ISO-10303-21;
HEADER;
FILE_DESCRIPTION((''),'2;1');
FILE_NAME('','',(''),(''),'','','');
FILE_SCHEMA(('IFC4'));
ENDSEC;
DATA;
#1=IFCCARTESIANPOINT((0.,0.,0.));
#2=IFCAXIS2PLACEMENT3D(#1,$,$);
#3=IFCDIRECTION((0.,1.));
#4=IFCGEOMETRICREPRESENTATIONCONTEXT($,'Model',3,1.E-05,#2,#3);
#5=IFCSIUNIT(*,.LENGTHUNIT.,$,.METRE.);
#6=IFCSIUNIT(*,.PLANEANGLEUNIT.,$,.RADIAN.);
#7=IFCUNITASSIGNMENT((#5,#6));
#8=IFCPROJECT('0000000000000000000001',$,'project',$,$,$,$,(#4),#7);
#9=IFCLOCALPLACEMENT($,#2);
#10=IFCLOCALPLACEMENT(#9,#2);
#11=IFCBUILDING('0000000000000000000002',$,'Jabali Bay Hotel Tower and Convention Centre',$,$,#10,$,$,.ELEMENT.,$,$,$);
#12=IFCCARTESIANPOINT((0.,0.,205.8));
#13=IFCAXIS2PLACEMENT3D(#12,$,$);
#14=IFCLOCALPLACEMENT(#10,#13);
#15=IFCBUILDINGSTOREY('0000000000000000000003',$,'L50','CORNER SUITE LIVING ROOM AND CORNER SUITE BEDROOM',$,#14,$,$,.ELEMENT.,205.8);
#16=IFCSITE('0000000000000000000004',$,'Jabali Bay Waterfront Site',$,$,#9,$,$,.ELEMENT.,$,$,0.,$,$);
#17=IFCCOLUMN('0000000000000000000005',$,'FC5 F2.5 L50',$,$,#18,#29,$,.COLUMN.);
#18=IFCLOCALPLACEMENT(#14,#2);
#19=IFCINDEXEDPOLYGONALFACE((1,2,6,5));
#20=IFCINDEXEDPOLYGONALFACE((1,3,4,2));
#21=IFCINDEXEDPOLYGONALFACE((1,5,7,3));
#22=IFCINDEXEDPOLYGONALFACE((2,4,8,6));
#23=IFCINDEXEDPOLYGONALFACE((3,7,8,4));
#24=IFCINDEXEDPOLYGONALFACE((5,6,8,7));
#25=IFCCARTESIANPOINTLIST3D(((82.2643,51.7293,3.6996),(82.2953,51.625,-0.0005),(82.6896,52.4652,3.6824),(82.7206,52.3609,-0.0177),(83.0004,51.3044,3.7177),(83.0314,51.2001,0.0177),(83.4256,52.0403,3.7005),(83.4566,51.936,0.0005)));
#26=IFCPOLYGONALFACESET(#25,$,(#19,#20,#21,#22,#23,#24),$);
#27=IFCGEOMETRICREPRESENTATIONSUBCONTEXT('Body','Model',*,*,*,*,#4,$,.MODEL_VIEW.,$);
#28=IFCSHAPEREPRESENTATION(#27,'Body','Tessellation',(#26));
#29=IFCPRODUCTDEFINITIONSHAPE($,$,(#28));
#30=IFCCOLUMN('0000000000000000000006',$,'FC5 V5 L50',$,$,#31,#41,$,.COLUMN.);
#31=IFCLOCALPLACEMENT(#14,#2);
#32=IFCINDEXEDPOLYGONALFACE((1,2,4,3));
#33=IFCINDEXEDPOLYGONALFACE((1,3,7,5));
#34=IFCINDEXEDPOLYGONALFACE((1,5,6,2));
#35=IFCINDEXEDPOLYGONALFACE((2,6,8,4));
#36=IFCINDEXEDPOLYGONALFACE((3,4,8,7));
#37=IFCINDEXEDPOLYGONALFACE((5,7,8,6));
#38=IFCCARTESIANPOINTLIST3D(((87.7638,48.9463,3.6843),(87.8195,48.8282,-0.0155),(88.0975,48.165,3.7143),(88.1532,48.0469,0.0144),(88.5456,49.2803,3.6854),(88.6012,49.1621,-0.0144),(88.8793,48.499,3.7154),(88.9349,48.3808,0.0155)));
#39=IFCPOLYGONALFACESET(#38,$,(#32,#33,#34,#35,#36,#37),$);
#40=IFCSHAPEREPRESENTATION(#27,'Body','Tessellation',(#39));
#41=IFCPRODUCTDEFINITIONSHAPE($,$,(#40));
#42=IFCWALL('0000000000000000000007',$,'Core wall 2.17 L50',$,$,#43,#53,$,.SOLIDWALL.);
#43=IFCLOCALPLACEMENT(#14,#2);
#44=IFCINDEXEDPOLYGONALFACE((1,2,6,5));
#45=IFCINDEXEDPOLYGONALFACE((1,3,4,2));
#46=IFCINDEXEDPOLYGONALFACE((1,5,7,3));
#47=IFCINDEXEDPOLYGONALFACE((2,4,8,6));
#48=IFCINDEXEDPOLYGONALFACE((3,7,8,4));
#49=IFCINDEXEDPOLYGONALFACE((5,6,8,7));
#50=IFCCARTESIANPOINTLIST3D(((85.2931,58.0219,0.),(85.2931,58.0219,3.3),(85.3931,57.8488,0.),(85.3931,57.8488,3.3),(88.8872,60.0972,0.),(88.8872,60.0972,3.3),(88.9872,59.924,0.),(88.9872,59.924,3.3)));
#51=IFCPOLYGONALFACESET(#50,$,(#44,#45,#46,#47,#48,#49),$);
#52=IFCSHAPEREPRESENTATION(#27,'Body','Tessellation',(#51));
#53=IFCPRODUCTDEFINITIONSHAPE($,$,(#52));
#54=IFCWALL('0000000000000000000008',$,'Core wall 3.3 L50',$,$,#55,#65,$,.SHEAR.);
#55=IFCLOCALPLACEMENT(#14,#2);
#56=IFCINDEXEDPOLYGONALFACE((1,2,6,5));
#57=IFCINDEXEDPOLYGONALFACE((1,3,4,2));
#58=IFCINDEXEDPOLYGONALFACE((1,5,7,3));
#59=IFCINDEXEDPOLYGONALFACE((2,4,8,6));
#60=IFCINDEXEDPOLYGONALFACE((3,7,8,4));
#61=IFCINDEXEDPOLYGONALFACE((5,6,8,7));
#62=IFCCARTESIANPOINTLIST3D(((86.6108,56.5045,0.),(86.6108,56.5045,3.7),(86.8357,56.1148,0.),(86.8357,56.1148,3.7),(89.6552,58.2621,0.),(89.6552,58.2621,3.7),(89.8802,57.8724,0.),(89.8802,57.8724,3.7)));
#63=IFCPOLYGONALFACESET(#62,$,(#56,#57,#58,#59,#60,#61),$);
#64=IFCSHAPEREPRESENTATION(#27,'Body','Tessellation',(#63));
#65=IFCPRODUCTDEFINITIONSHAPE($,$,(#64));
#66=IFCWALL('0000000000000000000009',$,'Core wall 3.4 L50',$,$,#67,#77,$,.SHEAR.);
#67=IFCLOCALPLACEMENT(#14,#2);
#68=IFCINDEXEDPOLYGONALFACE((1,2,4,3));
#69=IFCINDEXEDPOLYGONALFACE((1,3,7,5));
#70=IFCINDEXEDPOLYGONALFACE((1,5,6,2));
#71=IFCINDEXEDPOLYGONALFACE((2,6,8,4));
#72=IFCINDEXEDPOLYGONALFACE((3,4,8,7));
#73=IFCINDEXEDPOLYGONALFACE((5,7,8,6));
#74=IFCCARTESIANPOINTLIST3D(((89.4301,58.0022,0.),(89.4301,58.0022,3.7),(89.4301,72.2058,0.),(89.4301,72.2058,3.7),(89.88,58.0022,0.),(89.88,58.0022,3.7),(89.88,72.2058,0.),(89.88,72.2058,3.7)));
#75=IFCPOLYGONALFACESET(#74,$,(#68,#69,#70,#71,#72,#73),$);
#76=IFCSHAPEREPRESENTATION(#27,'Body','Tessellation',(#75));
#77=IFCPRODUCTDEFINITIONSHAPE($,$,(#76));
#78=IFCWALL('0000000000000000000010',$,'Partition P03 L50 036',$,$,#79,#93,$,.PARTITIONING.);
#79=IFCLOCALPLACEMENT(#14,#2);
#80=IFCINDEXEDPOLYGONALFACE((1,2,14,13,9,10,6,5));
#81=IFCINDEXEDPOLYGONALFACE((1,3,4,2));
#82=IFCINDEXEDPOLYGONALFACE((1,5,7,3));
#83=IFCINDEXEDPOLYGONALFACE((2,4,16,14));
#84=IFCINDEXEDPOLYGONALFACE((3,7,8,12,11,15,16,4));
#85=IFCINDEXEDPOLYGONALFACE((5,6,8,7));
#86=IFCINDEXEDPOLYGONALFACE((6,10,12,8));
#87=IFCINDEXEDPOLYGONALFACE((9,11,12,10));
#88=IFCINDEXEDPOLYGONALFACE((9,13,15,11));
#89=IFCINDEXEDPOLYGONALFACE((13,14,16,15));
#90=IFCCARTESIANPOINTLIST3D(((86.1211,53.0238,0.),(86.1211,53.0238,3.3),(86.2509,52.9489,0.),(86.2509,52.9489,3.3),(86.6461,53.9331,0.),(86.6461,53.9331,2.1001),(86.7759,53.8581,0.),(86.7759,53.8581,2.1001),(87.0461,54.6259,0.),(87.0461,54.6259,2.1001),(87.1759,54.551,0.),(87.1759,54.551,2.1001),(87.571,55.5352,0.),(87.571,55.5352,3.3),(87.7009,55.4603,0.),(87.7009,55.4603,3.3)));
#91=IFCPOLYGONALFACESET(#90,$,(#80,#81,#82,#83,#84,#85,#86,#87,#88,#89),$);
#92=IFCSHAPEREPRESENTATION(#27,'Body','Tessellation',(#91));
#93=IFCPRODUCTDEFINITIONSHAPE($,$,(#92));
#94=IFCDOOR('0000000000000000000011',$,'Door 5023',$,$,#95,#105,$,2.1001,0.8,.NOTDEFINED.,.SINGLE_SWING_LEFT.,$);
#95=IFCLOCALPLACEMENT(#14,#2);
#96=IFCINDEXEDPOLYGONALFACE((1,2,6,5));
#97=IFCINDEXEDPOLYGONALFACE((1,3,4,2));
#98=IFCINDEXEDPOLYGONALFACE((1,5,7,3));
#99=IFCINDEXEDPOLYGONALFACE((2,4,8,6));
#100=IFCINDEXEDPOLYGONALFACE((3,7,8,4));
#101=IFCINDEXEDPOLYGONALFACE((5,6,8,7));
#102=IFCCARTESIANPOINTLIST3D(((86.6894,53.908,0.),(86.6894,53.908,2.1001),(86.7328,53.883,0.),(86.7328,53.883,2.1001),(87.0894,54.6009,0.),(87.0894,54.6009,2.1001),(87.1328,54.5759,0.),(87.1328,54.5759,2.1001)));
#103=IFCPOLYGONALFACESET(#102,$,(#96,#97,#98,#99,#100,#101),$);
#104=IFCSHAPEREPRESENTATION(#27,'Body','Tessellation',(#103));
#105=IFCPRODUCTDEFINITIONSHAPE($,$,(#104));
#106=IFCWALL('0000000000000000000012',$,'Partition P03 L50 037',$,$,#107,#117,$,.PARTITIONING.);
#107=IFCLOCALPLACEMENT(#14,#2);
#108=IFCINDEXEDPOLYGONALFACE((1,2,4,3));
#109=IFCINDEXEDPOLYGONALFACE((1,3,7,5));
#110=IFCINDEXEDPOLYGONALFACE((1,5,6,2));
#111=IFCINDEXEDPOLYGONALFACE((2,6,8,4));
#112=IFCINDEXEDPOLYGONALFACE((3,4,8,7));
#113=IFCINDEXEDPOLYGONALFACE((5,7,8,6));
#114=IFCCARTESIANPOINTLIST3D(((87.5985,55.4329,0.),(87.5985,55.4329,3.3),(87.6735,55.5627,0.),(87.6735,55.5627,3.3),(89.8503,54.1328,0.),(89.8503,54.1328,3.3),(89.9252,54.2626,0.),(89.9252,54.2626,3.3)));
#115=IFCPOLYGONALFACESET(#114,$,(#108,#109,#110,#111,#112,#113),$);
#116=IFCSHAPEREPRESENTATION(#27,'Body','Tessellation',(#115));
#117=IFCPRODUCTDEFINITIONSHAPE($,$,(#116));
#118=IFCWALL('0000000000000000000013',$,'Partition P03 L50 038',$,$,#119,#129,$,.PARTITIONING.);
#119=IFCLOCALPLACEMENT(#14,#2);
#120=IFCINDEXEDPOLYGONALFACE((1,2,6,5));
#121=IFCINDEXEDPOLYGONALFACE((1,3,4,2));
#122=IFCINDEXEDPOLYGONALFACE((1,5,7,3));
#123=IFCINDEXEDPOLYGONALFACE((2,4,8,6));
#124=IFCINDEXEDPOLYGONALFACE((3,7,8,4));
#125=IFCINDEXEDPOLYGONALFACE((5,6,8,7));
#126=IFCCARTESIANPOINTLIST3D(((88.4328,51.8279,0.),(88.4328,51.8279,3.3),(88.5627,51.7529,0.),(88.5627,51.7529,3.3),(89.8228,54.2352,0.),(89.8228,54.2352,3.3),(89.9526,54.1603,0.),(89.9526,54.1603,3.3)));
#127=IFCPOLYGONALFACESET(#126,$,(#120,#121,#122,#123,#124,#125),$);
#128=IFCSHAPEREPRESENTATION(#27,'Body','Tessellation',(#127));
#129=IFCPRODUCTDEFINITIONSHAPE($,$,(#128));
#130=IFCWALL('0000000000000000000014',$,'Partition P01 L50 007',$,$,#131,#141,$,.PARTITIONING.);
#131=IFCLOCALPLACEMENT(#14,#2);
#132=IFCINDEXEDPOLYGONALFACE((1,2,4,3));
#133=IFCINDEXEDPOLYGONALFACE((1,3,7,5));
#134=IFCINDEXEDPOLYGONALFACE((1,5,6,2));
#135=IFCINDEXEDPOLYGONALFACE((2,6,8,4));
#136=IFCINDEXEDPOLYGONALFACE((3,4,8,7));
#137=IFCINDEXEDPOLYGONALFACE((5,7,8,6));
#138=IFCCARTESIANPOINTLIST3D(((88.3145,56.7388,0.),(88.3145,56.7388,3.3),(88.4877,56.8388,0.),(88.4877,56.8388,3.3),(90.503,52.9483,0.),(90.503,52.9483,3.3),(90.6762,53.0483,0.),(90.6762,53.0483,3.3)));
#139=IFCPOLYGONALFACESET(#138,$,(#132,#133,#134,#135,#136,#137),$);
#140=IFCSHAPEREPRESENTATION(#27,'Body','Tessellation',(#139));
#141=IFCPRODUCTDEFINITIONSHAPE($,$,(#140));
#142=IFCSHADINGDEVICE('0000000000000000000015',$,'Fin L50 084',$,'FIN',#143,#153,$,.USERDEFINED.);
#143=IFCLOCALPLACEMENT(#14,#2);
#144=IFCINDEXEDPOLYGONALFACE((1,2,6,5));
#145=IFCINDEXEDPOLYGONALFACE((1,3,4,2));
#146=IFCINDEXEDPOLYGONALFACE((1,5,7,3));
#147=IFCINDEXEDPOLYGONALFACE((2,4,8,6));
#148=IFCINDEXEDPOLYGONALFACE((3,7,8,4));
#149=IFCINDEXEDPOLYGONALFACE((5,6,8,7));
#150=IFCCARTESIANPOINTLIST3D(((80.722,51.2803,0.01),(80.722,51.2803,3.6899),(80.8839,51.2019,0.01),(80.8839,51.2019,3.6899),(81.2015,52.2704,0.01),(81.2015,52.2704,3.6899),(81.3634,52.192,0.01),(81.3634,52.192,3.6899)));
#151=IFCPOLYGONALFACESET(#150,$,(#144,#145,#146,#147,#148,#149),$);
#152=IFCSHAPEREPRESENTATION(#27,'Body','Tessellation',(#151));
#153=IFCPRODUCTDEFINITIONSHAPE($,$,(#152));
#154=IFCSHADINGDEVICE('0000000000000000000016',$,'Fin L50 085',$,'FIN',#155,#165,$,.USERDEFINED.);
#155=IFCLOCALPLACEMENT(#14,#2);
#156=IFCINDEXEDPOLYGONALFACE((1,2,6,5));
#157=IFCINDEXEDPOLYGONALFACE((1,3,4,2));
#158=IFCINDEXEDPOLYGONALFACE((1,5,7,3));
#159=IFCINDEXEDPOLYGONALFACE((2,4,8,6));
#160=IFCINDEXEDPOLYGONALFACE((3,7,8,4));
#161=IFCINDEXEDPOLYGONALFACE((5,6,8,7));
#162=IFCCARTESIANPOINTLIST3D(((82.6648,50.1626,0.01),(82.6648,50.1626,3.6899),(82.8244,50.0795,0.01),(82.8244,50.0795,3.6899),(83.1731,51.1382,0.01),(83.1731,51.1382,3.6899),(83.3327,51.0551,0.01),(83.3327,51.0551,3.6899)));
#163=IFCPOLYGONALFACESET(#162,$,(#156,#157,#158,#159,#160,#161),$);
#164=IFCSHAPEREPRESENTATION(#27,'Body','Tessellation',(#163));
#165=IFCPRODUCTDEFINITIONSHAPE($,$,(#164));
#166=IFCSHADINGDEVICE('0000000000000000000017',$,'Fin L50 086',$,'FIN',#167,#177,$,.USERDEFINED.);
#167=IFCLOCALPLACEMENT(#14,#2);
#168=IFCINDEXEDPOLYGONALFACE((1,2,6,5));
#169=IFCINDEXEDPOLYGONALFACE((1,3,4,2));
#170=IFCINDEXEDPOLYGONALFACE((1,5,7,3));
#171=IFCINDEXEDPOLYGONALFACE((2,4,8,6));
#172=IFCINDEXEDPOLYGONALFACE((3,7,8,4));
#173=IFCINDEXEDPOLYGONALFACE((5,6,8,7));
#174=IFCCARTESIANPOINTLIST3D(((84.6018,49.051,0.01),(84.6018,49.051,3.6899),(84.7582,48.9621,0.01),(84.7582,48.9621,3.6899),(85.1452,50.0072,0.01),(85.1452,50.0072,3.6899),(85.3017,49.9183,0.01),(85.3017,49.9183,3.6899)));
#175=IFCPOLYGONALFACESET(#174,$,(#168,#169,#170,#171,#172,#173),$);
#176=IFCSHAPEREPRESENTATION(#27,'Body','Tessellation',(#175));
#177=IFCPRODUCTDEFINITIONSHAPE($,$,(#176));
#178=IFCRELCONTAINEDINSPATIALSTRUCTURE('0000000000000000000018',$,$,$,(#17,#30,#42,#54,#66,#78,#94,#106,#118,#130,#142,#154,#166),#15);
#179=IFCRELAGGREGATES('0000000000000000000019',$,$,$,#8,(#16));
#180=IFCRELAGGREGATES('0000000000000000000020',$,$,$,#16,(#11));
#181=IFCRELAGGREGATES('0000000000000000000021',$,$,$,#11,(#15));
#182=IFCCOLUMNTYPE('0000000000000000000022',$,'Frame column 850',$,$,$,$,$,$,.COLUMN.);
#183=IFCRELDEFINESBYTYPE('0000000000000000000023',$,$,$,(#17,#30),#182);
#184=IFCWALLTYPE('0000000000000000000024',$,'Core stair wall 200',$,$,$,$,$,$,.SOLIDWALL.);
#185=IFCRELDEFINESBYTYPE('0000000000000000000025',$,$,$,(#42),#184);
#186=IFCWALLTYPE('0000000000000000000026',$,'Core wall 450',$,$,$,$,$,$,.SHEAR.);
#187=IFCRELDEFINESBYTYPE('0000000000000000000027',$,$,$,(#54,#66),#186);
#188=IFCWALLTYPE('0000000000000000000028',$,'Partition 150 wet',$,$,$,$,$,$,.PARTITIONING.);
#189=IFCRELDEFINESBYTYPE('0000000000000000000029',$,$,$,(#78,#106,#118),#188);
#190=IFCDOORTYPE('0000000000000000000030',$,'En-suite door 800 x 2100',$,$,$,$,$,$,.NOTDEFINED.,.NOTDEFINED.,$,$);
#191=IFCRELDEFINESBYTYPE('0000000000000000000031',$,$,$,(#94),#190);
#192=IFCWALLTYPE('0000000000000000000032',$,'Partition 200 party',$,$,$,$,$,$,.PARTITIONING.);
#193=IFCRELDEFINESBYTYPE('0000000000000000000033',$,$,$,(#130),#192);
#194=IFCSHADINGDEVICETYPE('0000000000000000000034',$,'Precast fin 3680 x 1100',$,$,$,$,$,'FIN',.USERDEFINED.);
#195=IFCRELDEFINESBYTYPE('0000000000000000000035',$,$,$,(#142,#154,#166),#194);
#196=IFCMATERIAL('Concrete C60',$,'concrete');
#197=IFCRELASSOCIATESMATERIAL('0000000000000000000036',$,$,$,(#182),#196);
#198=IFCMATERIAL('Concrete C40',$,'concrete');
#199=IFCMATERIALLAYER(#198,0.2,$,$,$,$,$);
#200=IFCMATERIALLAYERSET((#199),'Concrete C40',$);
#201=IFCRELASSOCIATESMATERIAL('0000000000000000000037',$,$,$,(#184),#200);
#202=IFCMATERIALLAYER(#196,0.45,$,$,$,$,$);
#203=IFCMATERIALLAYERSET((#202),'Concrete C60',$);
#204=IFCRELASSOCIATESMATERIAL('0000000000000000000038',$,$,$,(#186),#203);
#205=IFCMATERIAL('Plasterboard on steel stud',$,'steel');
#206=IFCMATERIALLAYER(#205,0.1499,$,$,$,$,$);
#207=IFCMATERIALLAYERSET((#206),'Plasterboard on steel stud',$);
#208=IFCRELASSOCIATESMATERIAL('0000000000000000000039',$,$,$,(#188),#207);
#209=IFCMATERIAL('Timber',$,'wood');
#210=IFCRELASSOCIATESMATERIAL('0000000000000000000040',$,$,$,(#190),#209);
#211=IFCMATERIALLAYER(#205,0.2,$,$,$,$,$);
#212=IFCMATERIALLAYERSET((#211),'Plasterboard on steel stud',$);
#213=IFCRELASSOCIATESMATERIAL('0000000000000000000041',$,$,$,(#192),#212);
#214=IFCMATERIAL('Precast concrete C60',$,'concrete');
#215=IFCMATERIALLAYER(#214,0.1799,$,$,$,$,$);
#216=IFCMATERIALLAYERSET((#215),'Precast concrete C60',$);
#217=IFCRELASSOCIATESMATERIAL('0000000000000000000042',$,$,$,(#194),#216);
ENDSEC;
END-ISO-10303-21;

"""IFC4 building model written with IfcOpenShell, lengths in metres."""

from ifc_helpers import new_model, si_unit, direction, frame, frame_2d, origin, origin_2d, place, context, subcontext, project, spatial, rectangle, extrude, material, layer, layer_set, material_profile, profile_set, type_object, element, fill, save


model = new_model("IFC4")

# Units and contexts
model_context = context("Model", 3, precision=1e-05, world=origin(), true_north=direction((0.0, 1.0)))
body_context = subcontext(model_context, "Body", "Model", "MODEL_VIEW")
ifc_project = project(units=[si_unit("LENGTHUNIT", "METRE"), si_unit("PLANEANGLEUNIT", "RADIAN")], contexts=[model_context])

# Site, building, storey
site_placement = place(None, origin())
site = spatial("IfcSite", under=ifc_project, at=site_placement, Name="Jabali Bay Waterfront Site", CompositionType="ELEMENT", RefElevation=0.0)
building_placement = place(site_placement, origin())
building = spatial("IfcBuilding", under=site, at=building_placement, Name="Jabali Bay Hotel Tower and Convention Centre", CompositionType="ELEMENT")
storey_placement = place(building_placement, frame((0.0, 0.0, 205.8)))
storey = spatial("IfcBuildingStorey", under=building, at=storey_placement, Name="L50", Description="CORNER SUITE LIVING ROOM AND CORNER SUITE BEDROOM", CompositionType="ELEMENT", Elevation=205.8)

# Columns
ifc_material_1 = material(Name="Concrete C60", Category="concrete")
ifc_material_profile = material_profile(ifc_material_1, rectangle(XDim=0.8501, YDim=0.8501, at=origin_2d()), Name="Frame column 850")
ifc_profile_set = profile_set([ifc_material_profile], Name="Concrete C60")
column_type = type_object("IfcColumnType", Name="Frame column 850", PredefinedType="COLUMN", material=ifc_profile_set)
column_1_placement = place(storey_placement, frame((82.876, 51.7805, 0.0), z_axis=(-0.008376, 0.028163, 0.999568), x_axis=(-0.50023, -0.865657, 0.020198)))
element("IfcColumn", 1, at=column_1_placement, inside=storey, type_object=column_type, Name="FC5 F2.5 L50", PredefinedType="COLUMN", context=body_context, shape_type="SweptSolid", body=[
    extrude(rectangle(XDim=0.8501, YDim=0.8501, at=origin_2d()), origin(), (0.0, 0.0, 1.0), 3.7017),
])
column_2_placement = place(storey_placement, frame((88.3772, 48.6045, 0.0), z_axis=(-0.015035, 0.031917, 0.999377), x_axis=(0.392525, -0.919065, 0.035257)))
element("IfcColumn", 2, at=column_2_placement, inside=storey, type_object=column_type, Name="FC5 V5 L50", PredefinedType="COLUMN", context=body_context, shape_type="SweptSolid", body=[
    extrude(rectangle(XDim=0.8501, YDim=0.8501, at=origin_2d()), origin(), (0.0, 0.0, 1.0), 3.7021),
])

# Walls
ifc_material_2 = material(Name="Concrete C40", Category="concrete")
ifc_layer_1 = layer(ifc_material_2, 0.2)
ifc_layer_set_1 = layer_set([ifc_layer_1], Name="Concrete C40")
wall_type_1 = type_object("IfcWallType", Name="Core stair wall 200", PredefinedType="SOLIDWALL", material=ifc_layer_set_1)
wall_1_placement = place(storey_placement, frame((85.343, 57.9353, 0.0), z_axis=(0.0, 0.0, 1.0), x_axis=(0.866004, 0.500036, 0.0)))
element("IfcWall", 3, at=wall_1_placement, inside=storey, type_object=wall_type_1, Name="Core wall 2.17 L50", PredefinedType="SOLIDWALL", context=body_context, shape_type="SweptSolid", body=[
    extrude(rectangle(XDim=4.1501, YDim=0.2, at=frame_2d((2.0752, 0.0))), origin(), (0.0, 0.0, 1.0), 3.3),
])
ifc_layer_2 = layer(ifc_material_1, 0.45)
ifc_layer_set_2 = layer_set([ifc_layer_2], Name="Concrete C60")
wall_type_2 = type_object("IfcWallType", Name="Core wall 450", PredefinedType="SHEAR", material=ifc_layer_set_2)
wall_2_placement = place(storey_placement, frame((86.7231, 56.3096, 0.0), z_axis=(0.0, 0.0, 1.0), x_axis=(0.866042, 0.499971, 0.0)))
element("IfcWall", 4, at=wall_2_placement, inside=storey, type_object=wall_type_2, Name="Core wall 3.3 L50", PredefinedType="SHEAR", context=body_context, shape_type="SweptSolid", body=[
    extrude(rectangle(XDim=3.5154, YDim=0.45, at=frame_2d((1.7578, 0.0))), origin(), (0.0, 0.0, 1.0), 3.7),
])
wall_3_placement = place(storey_placement, frame((89.655, 58.0022, 0.0), z_axis=(0.0, 0.0, 1.0), x_axis=(0.0, 1.0, 0.0)))
element("IfcWall", 5, at=wall_3_placement, inside=storey, type_object=wall_type_2, Name="Core wall 3.4 L50", PredefinedType="SHEAR", context=body_context, shape_type="SweptSolid", body=[
    extrude(rectangle(XDim=14.2036, YDim=0.45, at=frame_2d((7.1018, 0.0))), origin(), (0.0, 0.0, 1.0), 3.7),
])

# Wall, opening, door
ifc_material_3 = material(Name="Plasterboard on steel stud", Category="steel")
ifc_layer_3 = layer(ifc_material_3, 0.1499)
ifc_layer_set_3 = layer_set([ifc_layer_3], Name="Plasterboard on steel stud")
wall_type_3 = type_object("IfcWallType", Name="Partition 150 wet", PredefinedType="PARTITIONING", material=ifc_layer_set_3)
wall_4_placement = place(storey_placement, frame((86.186, 52.9863, 0.0), z_axis=(0.0, 0.0, 1.0), x_axis=(0.499987, 0.866033, 0.0)))
wall_4 = element("IfcWall", 6, at=wall_4_placement, inside=storey, type_object=wall_type_3, Name="Partition P03 L50 036", PredefinedType="PARTITIONING", context=body_context, shape_type="SweptSolid", body=[
    extrude(rectangle(XDim=2.8999, YDim=0.1499, at=frame_2d((1.45, 0.0))), origin(), (0.0, 0.0, 1.0), 3.3),
])
opening_1_placement = place(wall_4_placement, frame((1.05, 0.0, 0.0)))
opening_1 = element("IfcOpeningElement", 7, at=opening_1_placement, cuts=wall_4, PredefinedType="OPENING", context=body_context, shape_type="SweptSolid", body=[
    extrude(rectangle(XDim=0.8, YDim=2.1001, at=frame_2d((0.3999, 1.05))), frame((0.0, 0.0854, 0.0), z_axis=(0.0, -1.0, 0.0), x_axis=(1.0, 0.0, 0.0)), (0.0, 0.0, 1.0), 0.1709),
])
ifc_material_4 = material(Name="Timber", Category="wood")
door_type_1 = type_object("IfcDoorType", Name="En-suite door 800 x 2100", OperationType="NOTDEFINED", PredefinedType="NOTDEFINED", material=ifc_material_4)
door_1_placement = place(opening_1_placement, origin())
door_1 = element("IfcDoor", 8, at=door_1_placement, inside=storey, type_object=door_type_1, Name="Door 5023", OperationType="SINGLE_SWING_LEFT", OverallHeight=2.1001, OverallWidth=0.8, PredefinedType="NOTDEFINED", context=body_context, shape_type="SweptSolid", body=[
    extrude(rectangle(XDim=0.8, YDim=2.1001, at=frame_2d((0.3999, 1.05))), frame((0.0, 0.0249, 0.0), z_axis=(0.0, -1.0, 0.0), x_axis=(1.0, 0.0, 0.0)), (0.0, 0.0, 1.0), 0.05),
])
fill(opening_1, door_1)

# Walls
wall_5_placement = place(storey_placement, frame((87.636, 55.4978, 0.0), z_axis=(0.0, 0.0, 1.0), x_axis=(0.866021, -0.500007, 0.0)))
element("IfcWall", 9, at=wall_5_placement, inside=storey, type_object=wall_type_3, Name="Partition P03 L50 037", PredefinedType="PARTITIONING", context=body_context, shape_type="SweptSolid", body=[
    extrude(rectangle(XDim=2.6001, YDim=0.1499, at=frame_2d((1.3, 0.0))), origin(), (0.0, 0.0, 1.0), 3.3),
])
wall_6_placement = place(storey_placement, frame((89.8877, 54.1978, 0.0), z_axis=(0.0, 0.0, 1.0), x_axis=(-0.500021, -0.866013, 0.0)))
element("IfcWall", 10, at=wall_6_placement, inside=storey, type_object=wall_type_3, Name="Partition P03 L50 038", PredefinedType="PARTITIONING", context=body_context, shape_type="SweptSolid", body=[
    extrude(rectangle(XDim=2.7798, YDim=0.1499, at=frame_2d((1.3899, 0.0))), origin(), (0.0, 0.0, 1.0), 3.3),
])
ifc_layer_4 = layer(ifc_material_3, 0.2)
ifc_layer_set_4 = layer_set([ifc_layer_4], Name="Plasterboard on steel stud")
wall_type_4 = type_object("IfcWallType", Name="Partition 200 party", PredefinedType="PARTITIONING", material=ifc_layer_set_4)
wall_7_placement = place(storey_placement, frame((88.4011, 56.7888, 0.0), z_axis=(0.0, 0.0, 1.0), x_axis=(0.500002, -0.866024, 0.0)))
element("IfcWall", 11, at=wall_7_placement, inside=storey, type_object=wall_type_4, Name="Partition P01 L50 007", PredefinedType="PARTITIONING", context=body_context, shape_type="SweptSolid", body=[
    extrude(rectangle(XDim=4.377, YDim=0.2, at=frame_2d((2.1885, 0.0))), origin(), (0.0, 0.0, 1.0), 3.3),
])

# Shading devices
ifc_material_5 = material(Name="Precast concrete C60", Category="concrete")
ifc_layer_5 = layer(ifc_material_5, 0.1799)
ifc_layer_set_5 = layer_set([ifc_layer_5], Name="Precast concrete C60")
shading_device_type_1 = type_object("IfcShadingDeviceType", Name="Precast fin 3680 x 1100", ElementType="FIN", PredefinedType="USERDEFINED", material=ifc_layer_set_5)
for number, where, z_axis, x_axis, name in (
    (12, (81.2825, 52.2312, 0.01), (0.0, 0.0, 1.0), (-0.435903, -0.899994, 0.0), "Fin L50 084"),
    (13, (83.2529, 51.0967, 0.01), (0.0, 0.0, 1.0), (-0.462065, -0.886846, 0.0), "Fin L50 085"),
):
    element("IfcShadingDevice", number, at=place(storey_placement, frame(where, z_axis=z_axis, x_axis=x_axis)), inside=storey, type_object=shading_device_type_1, Name=name, ObjectType="FIN", PredefinedType="USERDEFINED", context=body_context, shape_type="SweptSolid", body=[
        extrude(rectangle(XDim=1.1001, YDim=0.1799, at=frame_2d((0.55, 0.0))), origin(), (0.0, 0.0, 1.0), 3.6799),
    ])
for number, where, z_axis, x_axis, name in (
    (14, (85.2234, 49.9626, 0.01), (0.0, 0.0, 1.0), (-0.494082, -0.869415, 0.0), "Fin L50 086"),
):
    element("IfcShadingDevice", number, at=place(storey_placement, frame(where, z_axis=z_axis, x_axis=x_axis)), inside=storey, type_object=shading_device_type_1, Name=name, ObjectType="FIN", PredefinedType="USERDEFINED", context=body_context, shape_type="SweptSolid", body=[
        extrude(rectangle(XDim=1.0999, YDim=0.1799, at=frame_2d((0.5498, 0.0))), origin(), (0.0, 0.0, 1.0), 3.6799),
    ])

save(model, "model.ifc")
